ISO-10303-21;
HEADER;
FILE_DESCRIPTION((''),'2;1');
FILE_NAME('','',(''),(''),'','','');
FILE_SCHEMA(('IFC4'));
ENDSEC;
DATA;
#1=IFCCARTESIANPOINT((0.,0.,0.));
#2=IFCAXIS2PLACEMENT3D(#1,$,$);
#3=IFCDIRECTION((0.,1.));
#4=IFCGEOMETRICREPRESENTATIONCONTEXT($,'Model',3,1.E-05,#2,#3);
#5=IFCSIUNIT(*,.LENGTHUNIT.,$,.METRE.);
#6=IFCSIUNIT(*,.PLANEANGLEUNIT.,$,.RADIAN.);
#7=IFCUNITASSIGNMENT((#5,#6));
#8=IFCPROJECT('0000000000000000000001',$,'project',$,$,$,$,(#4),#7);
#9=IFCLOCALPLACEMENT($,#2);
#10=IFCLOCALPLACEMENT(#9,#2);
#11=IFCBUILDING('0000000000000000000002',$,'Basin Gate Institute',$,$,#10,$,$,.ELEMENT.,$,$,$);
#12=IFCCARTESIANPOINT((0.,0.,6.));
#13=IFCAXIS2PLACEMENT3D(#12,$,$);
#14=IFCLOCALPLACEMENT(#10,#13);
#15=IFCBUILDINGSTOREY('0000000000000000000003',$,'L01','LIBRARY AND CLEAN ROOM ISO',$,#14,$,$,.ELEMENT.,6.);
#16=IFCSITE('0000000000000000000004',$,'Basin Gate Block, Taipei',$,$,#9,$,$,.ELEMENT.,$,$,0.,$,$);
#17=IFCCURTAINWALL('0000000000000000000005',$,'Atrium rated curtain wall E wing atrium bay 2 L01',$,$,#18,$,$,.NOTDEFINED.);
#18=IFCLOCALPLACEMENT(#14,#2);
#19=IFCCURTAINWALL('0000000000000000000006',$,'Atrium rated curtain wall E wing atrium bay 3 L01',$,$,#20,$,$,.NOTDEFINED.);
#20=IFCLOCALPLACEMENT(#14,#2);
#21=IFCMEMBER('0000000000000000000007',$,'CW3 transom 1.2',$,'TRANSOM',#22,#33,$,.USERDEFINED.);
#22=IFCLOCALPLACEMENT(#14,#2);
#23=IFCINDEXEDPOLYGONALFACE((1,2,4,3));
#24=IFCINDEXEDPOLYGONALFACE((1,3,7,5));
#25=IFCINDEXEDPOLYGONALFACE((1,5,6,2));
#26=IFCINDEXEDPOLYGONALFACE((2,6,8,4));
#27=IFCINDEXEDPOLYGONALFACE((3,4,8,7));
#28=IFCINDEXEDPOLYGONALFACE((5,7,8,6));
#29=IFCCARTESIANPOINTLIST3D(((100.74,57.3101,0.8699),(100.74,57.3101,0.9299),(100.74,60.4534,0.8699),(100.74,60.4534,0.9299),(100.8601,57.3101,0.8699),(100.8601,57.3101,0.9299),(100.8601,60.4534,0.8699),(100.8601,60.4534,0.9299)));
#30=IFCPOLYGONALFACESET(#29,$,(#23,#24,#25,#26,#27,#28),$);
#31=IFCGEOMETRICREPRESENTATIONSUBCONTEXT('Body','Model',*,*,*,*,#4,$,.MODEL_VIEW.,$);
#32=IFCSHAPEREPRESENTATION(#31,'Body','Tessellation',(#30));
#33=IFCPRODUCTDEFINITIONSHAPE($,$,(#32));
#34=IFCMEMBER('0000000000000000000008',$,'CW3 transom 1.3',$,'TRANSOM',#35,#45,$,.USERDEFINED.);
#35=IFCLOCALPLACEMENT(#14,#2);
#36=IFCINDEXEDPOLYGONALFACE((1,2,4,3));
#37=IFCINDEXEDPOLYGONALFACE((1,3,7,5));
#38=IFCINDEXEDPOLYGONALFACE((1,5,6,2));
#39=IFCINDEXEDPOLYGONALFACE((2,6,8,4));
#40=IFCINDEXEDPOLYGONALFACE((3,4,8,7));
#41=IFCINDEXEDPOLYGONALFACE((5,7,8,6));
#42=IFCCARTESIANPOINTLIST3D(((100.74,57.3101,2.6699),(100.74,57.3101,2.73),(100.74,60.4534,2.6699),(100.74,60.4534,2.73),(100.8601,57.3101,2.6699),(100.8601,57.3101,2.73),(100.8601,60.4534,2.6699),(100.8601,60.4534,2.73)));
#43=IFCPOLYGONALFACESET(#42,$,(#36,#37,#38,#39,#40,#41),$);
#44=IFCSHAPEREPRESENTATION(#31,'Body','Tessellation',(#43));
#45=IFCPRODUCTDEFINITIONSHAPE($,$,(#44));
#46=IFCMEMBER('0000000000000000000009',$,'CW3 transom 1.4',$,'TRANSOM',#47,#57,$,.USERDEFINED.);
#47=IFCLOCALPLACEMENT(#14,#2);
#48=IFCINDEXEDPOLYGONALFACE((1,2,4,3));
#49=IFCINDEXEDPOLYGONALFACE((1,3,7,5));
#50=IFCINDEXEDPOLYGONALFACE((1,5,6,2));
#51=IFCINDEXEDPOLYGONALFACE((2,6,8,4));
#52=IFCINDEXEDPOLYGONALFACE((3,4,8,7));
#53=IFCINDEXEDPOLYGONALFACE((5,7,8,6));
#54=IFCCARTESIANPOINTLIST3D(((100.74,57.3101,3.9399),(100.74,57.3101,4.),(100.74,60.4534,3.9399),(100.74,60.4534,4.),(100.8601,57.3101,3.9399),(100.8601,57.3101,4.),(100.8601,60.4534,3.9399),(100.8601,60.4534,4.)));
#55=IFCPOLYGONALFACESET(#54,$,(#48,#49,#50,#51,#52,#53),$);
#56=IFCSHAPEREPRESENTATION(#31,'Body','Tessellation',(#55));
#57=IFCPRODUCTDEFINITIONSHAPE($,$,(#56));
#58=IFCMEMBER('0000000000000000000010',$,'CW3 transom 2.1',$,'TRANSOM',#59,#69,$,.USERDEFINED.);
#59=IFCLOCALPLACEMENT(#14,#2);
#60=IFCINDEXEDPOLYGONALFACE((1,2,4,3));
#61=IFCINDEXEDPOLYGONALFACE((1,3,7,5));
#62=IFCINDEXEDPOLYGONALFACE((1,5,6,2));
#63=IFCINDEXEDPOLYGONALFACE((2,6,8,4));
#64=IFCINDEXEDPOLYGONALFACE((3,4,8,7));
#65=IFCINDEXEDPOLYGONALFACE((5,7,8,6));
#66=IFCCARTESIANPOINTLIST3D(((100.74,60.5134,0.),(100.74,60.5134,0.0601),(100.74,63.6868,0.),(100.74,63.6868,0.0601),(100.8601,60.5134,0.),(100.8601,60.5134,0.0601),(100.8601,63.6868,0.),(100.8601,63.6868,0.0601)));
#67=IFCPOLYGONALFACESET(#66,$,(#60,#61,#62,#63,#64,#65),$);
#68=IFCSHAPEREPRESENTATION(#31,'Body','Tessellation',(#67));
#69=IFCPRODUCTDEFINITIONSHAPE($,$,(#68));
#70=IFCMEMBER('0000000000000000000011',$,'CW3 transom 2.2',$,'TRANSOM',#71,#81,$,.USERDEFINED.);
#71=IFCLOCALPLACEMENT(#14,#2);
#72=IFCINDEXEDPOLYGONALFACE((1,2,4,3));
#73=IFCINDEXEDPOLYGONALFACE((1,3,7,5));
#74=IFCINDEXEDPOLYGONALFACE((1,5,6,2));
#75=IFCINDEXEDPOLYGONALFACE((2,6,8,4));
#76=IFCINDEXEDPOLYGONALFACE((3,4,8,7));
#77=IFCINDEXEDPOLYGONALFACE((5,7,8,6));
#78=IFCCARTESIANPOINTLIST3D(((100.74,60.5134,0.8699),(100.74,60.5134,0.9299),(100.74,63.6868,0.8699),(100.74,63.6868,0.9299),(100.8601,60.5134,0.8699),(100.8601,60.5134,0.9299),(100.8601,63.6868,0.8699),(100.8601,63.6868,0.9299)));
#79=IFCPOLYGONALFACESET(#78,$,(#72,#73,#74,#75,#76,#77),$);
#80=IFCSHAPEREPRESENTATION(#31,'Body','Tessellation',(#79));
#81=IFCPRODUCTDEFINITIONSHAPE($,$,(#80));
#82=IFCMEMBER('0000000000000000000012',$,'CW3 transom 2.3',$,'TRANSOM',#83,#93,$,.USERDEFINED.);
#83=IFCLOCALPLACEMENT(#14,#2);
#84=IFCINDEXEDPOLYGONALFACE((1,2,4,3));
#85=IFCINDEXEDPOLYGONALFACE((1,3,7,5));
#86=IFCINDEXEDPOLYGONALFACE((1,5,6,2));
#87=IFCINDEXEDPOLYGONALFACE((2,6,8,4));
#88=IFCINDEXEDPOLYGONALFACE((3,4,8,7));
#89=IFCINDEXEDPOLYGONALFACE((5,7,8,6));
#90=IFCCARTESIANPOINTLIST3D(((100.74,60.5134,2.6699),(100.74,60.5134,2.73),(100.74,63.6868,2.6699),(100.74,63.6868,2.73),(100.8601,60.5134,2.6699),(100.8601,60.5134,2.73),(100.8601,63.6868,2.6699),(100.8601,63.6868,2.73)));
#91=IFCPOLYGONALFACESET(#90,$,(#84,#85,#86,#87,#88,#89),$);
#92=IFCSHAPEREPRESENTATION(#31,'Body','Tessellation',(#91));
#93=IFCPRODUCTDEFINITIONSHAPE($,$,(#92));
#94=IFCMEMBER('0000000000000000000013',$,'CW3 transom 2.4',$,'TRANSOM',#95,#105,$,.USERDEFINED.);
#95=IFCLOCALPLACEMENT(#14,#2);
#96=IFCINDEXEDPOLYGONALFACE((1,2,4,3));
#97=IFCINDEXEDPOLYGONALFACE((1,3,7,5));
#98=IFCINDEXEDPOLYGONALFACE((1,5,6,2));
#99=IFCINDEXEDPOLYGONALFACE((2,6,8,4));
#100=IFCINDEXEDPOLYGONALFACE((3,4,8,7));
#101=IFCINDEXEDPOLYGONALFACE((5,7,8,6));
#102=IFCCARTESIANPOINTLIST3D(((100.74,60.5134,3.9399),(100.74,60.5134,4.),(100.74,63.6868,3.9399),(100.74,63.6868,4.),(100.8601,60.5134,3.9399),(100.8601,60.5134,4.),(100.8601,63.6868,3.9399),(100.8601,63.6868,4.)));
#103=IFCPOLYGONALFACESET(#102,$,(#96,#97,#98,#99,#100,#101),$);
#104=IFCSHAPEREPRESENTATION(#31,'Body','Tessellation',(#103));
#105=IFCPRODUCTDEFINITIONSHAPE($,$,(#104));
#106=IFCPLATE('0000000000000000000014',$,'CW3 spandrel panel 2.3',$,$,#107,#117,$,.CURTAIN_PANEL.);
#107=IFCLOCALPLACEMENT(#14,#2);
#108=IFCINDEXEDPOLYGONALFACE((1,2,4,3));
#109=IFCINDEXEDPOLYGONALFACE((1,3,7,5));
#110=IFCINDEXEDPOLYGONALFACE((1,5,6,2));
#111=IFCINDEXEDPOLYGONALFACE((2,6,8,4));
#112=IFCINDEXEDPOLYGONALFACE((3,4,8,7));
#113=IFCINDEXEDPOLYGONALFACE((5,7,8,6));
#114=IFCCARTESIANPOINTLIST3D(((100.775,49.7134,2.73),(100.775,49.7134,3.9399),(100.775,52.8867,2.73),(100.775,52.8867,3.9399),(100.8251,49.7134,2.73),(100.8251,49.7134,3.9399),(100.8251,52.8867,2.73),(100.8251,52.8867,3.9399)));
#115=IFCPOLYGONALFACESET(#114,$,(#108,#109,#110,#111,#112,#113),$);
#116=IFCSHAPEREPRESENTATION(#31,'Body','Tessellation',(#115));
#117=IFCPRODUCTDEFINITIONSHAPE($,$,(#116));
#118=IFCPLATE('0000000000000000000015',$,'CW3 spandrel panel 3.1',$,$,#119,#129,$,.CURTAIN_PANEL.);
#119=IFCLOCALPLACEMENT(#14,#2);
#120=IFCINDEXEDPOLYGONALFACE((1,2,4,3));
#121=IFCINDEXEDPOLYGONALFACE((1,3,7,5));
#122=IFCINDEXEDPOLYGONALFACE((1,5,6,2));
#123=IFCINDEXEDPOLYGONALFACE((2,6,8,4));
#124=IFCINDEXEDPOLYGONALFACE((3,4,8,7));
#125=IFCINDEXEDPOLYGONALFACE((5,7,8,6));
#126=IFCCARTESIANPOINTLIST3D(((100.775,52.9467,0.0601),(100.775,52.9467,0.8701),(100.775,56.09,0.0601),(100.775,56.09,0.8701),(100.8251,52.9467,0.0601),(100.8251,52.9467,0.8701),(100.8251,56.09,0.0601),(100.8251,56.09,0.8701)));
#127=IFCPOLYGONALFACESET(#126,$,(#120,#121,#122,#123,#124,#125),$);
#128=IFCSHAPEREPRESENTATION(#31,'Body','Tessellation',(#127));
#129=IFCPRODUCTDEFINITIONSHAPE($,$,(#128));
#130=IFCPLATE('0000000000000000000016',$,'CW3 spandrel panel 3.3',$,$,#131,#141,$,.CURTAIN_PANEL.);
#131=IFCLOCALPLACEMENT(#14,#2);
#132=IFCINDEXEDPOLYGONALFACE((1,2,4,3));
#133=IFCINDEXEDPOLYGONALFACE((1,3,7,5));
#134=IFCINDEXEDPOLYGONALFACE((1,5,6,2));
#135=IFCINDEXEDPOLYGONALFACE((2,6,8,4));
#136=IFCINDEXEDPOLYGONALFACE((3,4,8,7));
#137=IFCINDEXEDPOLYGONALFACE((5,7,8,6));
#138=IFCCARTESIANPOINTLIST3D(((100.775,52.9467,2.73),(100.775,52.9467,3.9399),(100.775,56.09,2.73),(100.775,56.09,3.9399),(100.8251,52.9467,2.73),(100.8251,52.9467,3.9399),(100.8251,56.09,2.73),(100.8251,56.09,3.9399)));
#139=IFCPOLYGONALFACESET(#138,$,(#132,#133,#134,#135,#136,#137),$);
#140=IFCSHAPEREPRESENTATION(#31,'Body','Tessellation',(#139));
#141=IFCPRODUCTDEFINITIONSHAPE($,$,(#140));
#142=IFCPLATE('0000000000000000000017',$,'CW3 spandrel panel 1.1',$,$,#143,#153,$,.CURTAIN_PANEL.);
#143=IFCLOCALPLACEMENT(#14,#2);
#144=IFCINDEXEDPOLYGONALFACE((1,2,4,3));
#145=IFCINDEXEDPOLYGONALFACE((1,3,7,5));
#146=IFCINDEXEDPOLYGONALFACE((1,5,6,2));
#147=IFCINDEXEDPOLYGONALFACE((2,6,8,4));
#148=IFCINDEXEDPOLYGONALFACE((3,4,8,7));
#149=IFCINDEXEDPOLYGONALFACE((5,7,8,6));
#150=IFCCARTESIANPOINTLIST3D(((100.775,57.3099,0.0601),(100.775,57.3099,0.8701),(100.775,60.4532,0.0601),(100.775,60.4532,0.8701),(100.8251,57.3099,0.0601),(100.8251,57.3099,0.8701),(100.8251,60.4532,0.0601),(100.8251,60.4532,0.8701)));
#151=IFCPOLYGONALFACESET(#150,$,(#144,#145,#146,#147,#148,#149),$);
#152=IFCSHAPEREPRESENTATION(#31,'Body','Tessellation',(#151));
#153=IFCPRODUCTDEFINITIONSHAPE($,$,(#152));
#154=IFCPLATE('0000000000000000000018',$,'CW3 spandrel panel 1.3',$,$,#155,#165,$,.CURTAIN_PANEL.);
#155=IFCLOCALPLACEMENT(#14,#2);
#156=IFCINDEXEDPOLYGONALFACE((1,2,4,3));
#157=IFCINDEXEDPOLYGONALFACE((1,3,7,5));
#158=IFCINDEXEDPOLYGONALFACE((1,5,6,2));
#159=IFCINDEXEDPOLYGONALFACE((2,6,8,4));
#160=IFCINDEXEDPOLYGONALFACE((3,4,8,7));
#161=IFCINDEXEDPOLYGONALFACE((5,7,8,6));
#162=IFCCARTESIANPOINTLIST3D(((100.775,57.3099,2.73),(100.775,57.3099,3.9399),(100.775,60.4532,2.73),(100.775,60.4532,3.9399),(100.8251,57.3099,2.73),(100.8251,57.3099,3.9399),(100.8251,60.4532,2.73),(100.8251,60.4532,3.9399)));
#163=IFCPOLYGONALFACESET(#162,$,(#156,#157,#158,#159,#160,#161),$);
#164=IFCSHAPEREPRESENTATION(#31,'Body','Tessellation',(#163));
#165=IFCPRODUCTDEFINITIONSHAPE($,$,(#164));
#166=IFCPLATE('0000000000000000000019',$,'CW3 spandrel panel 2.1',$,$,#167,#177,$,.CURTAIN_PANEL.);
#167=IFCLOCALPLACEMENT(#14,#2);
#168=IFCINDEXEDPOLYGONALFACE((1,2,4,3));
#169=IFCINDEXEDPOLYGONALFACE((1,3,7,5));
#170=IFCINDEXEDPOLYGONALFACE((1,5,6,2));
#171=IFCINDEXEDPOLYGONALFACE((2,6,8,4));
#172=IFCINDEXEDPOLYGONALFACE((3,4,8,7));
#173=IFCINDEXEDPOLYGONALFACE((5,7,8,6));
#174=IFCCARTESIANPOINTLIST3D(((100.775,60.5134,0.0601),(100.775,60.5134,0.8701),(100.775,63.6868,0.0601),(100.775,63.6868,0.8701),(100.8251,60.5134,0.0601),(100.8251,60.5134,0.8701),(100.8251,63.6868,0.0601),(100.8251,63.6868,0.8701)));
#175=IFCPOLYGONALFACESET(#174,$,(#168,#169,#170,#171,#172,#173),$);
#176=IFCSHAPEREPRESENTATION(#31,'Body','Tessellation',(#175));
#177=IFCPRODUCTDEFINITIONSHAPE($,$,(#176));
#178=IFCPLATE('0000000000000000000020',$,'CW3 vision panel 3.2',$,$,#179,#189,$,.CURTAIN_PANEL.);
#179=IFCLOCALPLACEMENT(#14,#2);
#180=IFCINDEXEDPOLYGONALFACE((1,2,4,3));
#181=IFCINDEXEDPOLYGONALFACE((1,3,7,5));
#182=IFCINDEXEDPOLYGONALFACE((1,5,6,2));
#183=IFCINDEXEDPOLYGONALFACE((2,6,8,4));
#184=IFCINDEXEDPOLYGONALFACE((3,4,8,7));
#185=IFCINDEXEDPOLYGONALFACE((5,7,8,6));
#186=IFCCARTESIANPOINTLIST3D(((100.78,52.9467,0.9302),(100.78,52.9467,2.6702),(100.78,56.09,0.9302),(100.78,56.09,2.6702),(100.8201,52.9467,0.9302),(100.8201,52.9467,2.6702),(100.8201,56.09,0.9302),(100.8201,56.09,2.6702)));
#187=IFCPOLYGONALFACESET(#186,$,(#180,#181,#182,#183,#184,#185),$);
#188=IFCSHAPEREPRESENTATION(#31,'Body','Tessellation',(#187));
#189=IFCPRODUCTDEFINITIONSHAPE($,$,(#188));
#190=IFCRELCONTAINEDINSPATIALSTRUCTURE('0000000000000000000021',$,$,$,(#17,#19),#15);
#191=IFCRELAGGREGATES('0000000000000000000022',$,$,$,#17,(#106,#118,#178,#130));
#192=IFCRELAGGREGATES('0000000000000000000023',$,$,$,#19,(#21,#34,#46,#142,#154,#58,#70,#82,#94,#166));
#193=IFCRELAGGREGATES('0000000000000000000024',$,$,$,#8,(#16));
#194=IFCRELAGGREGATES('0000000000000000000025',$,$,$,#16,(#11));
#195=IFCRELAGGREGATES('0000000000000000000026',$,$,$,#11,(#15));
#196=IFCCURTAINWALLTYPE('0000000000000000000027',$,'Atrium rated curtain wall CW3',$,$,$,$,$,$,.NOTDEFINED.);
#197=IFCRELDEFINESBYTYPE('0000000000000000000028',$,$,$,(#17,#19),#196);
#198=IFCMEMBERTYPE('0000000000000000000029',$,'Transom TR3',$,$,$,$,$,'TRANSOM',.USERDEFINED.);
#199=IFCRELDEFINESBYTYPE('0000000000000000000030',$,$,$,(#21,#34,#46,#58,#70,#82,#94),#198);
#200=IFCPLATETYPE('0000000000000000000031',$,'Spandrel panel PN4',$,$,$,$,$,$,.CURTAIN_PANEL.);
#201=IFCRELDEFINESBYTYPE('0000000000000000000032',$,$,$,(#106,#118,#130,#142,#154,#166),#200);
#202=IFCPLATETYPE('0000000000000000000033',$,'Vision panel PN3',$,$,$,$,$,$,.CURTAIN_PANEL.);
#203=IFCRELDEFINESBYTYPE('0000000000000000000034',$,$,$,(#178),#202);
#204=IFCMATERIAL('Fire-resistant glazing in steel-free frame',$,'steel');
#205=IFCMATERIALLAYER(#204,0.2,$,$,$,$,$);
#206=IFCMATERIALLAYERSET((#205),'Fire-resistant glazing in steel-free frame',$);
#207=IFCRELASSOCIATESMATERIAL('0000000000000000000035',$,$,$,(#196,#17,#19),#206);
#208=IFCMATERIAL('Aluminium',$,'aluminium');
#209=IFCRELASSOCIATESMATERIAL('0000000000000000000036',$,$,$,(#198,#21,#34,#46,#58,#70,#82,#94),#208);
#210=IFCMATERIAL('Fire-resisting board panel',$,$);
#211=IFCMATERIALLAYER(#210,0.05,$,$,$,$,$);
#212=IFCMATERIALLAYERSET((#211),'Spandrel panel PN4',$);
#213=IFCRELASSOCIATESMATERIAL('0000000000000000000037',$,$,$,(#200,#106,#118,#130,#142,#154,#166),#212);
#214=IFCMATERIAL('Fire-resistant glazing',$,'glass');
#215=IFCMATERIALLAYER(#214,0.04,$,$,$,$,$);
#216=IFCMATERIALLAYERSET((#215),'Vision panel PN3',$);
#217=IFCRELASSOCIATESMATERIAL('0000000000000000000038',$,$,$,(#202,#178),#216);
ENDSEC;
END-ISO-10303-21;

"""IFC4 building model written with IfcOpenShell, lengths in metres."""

from ifc_helpers import new_model, si_unit, direction, frame, origin, origin_2d, place, context, subcontext, project, spatial, rectangle, extrude, material, layer, layer_set, material_profile, profile_set, type_object, element, aggregate, save


model = new_model("IFC4")

# Units and contexts
model_context = context("Model", 3, precision=1e-05, world=origin(), true_north=direction((0.0, 1.0)))
body_context = subcontext(model_context, "Body", "Model", "MODEL_VIEW")
ifc_project = project(units=[si_unit("LENGTHUNIT", "METRE"), si_unit("PLANEANGLEUNIT", "RADIAN")], contexts=[model_context])

# Site, building, storey
site_placement = place(None, origin())
site = spatial("IfcSite", under=ifc_project, at=site_placement, Name="Basin Gate Block, Taipei", CompositionType="ELEMENT", RefElevation=0.0)
building_placement = place(site_placement, origin())
building = spatial("IfcBuilding", under=site, at=building_placement, Name="Basin Gate Institute", CompositionType="ELEMENT")
storey_placement = place(building_placement, frame((0.0, 0.0, 6.0)))
storey = spatial("IfcBuildingStorey", under=building, at=storey_placement, Name="L01", Description="LIBRARY AND CLEAN ROOM ISO", CompositionType="ELEMENT", Elevation=6.0)

# Curtain walls
ifc_material_1 = material(Name="Fire-resistant glazing in steel-free frame", Category="steel")
ifc_layer_1 = layer(ifc_material_1, 0.2)
ifc_layer_set_1 = layer_set([ifc_layer_1], Name="Fire-resistant glazing in steel-free frame")
curtain_wall_type = type_object("IfcCurtainWallType", Name="Atrium rated curtain wall CW3", PredefinedType="NOTDEFINED", material=ifc_layer_set_1)
curtain_wall_1_placement = place(storey_placement, origin())
curtain_wall_1 = element("IfcCurtainWall", 1, at=curtain_wall_1_placement, inside=storey, type_object=curtain_wall_type, material=ifc_layer_set_1, Name="Atrium rated curtain wall E wing atrium bay 2 L01", PredefinedType="NOTDEFINED")
curtain_wall_2_placement = place(storey_placement, origin())
curtain_wall_2 = element("IfcCurtainWall", 2, at=curtain_wall_2_placement, inside=storey, type_object=curtain_wall_type, material=ifc_layer_set_1, Name="Atrium rated curtain wall E wing atrium bay 3 L01", PredefinedType="NOTDEFINED")

# Members
ifc_material_2 = material(Name="Aluminium", Category="aluminium")
ifc_material_profile_1 = material_profile(ifc_material_2, rectangle(XDim=0.1201, YDim=0.0601, at=origin_2d()), Name="Transom TR3 120 x 60")
ifc_profile_set_1 = profile_set([ifc_material_profile_1], Name="Aluminium")
member_type_1 = type_object("IfcMemberType", Name="Transom TR3", ElementType="TRANSOM", PredefinedType="USERDEFINED", material=ifc_profile_set_1)
member_1_placement = place(storey_placement, frame((100.8, 57.3101, 0.8999), z_axis=(0.0, 1.0, 0.0), x_axis=(-1.0, 0.0, 0.0)))
member_1 = element("IfcMember", 3, at=member_1_placement, type_object=member_type_1, material=ifc_profile_set_1, Name="CW3 transom 1.2", ObjectType="TRANSOM", PredefinedType="USERDEFINED", context=body_context, shape_type="SweptSolid", body=[
    extrude(rectangle(XDim=0.1201, YDim=0.0601, at=origin_2d()), origin(), (0.0, 0.0, 1.0), 3.1433),
])
member_2_placement = place(storey_placement, frame((100.8, 57.3101, 2.7), z_axis=(0.0, 1.0, 0.0), x_axis=(-1.0, 0.0, 0.0)))
member_2 = element("IfcMember", 4, at=member_2_placement, type_object=member_type_1, material=ifc_profile_set_1, Name="CW3 transom 1.3", ObjectType="TRANSOM", PredefinedType="USERDEFINED", context=body_context, shape_type="SweptSolid", body=[
    extrude(rectangle(XDim=0.1201, YDim=0.0601, at=origin_2d()), origin(), (0.0, 0.0, 1.0), 3.1433),
])
member_3_placement = place(storey_placement, frame((100.8, 57.3101, 3.97), z_axis=(0.0, 1.0, 0.0), x_axis=(-1.0, 0.0, 0.0)))
member_3 = element("IfcMember", 5, at=member_3_placement, type_object=member_type_1, material=ifc_profile_set_1, Name="CW3 transom 1.4", ObjectType="TRANSOM", PredefinedType="USERDEFINED", context=body_context, shape_type="SweptSolid", body=[
    extrude(rectangle(XDim=0.1201, YDim=0.0601, at=origin_2d()), origin(), (0.0, 0.0, 1.0), 3.1433),
])
member_4_placement = place(storey_placement, frame((100.8, 60.5134, 0.03), z_axis=(0.0, 1.0, 0.0), x_axis=(-1.0, 0.0, 0.0)))
member_4 = element("IfcMember", 6, at=member_4_placement, type_object=member_type_1, material=ifc_profile_set_1, Name="CW3 transom 2.1", ObjectType="TRANSOM", PredefinedType="USERDEFINED", context=body_context, shape_type="SweptSolid", body=[
    extrude(rectangle(XDim=0.1201, YDim=0.0601, at=origin_2d()), origin(), (0.0, 0.0, 1.0), 3.1733),
])
member_5_placement = place(storey_placement, frame((100.8, 60.5134, 0.8999), z_axis=(0.0, 1.0, 0.0), x_axis=(-1.0, 0.0, 0.0)))
member_5 = element("IfcMember", 7, at=member_5_placement, type_object=member_type_1, material=ifc_profile_set_1, Name="CW3 transom 2.2", ObjectType="TRANSOM", PredefinedType="USERDEFINED", context=body_context, shape_type="SweptSolid", body=[
    extrude(rectangle(XDim=0.1201, YDim=0.0601, at=origin_2d()), origin(), (0.0, 0.0, 1.0), 3.1733),
])
member_6_placement = place(storey_placement, frame((100.8, 60.5134, 2.7), z_axis=(0.0, 1.0, 0.0), x_axis=(-1.0, 0.0, 0.0)))
member_6 = element("IfcMember", 8, at=member_6_placement, type_object=member_type_1, material=ifc_profile_set_1, Name="CW3 transom 2.3", ObjectType="TRANSOM", PredefinedType="USERDEFINED", context=body_context, shape_type="SweptSolid", body=[
    extrude(rectangle(XDim=0.1201, YDim=0.0601, at=origin_2d()), origin(), (0.0, 0.0, 1.0), 3.1733),
])
member_7_placement = place(storey_placement, frame((100.8, 60.5134, 3.97), z_axis=(0.0, 1.0, 0.0), x_axis=(-1.0, 0.0, 0.0)))
member_7 = element("IfcMember", 9, at=member_7_placement, type_object=member_type_1, material=ifc_profile_set_1, Name="CW3 transom 2.4", ObjectType="TRANSOM", PredefinedType="USERDEFINED", context=body_context, shape_type="SweptSolid", body=[
    extrude(rectangle(XDim=0.1201, YDim=0.0601, at=origin_2d()), origin(), (0.0, 0.0, 1.0), 3.1733),
])

# Plates
ifc_material_3 = material(Name="Fire-resisting board panel")
ifc_layer_2 = layer(ifc_material_3, 0.05)
ifc_layer_set_2 = layer_set([ifc_layer_2], Name="Spandrel panel PN4")
plate_type_1 = type_object("IfcPlateType", Name="Spandrel panel PN4", PredefinedType="CURTAIN_PANEL", material=ifc_layer_set_2)
plate_1_placement = place(storey_placement, frame((100.8, 51.3, 2.73), z_axis=(0.0, 0.0, 1.0), x_axis=(0.0, 1.0, 0.0)))
plate_1 = element("IfcPlate", 10, at=plate_1_placement, type_object=plate_type_1, material=ifc_layer_set_2, Name="CW3 spandrel panel 2.3", PredefinedType="CURTAIN_PANEL", context=body_context, shape_type="SweptSolid", body=[
    extrude(rectangle(XDim=3.1733, YDim=0.05, at=origin_2d()), origin(), (0.0, 0.0, 1.0), 1.21),
])
plate_2_placement = place(storey_placement, frame((100.8, 54.5183, 0.0601), z_axis=(0.0, 0.0, 1.0), x_axis=(0.0, 1.0, 0.0)))
plate_2 = element("IfcPlate", 11, at=plate_2_placement, type_object=plate_type_1, material=ifc_layer_set_2, Name="CW3 spandrel panel 3.1", PredefinedType="CURTAIN_PANEL", context=body_context, shape_type="SweptSolid", body=[
    extrude(rectangle(XDim=3.1433, YDim=0.05, at=origin_2d()), origin(), (0.0, 0.0, 1.0), 0.8101),
])
plate_3_placement = place(storey_placement, frame((100.8, 54.5183, 2.73), z_axis=(0.0, 0.0, 1.0), x_axis=(0.0, 1.0, 0.0)))
plate_3 = element("IfcPlate", 12, at=plate_3_placement, type_object=plate_type_1, material=ifc_layer_set_2, Name="CW3 spandrel panel 3.3", PredefinedType="CURTAIN_PANEL", context=body_context, shape_type="SweptSolid", body=[
    extrude(rectangle(XDim=3.1433, YDim=0.05, at=origin_2d()), origin(), (0.0, 0.0, 1.0), 1.21),
])
plate_4_placement = place(storey_placement, frame((100.8, 58.8816, 0.0601), z_axis=(0.0, 0.0, 1.0), x_axis=(0.0, 1.0, 0.0)))
plate_4 = element("IfcPlate", 13, at=plate_4_placement, type_object=plate_type_1, material=ifc_layer_set_2, Name="CW3 spandrel panel 1.1", PredefinedType="CURTAIN_PANEL", context=body_context, shape_type="SweptSolid", body=[
    extrude(rectangle(XDim=3.1433, YDim=0.05, at=origin_2d()), origin(), (0.0, 0.0, 1.0), 0.8101),
])
plate_5_placement = place(storey_placement, frame((100.8, 58.8816, 2.73), z_axis=(0.0, 0.0, 1.0), x_axis=(0.0, 1.0, 0.0)))
plate_5 = element("IfcPlate", 14, at=plate_5_placement, type_object=plate_type_1, material=ifc_layer_set_2, Name="CW3 spandrel panel 1.3", PredefinedType="CURTAIN_PANEL", context=body_context, shape_type="SweptSolid", body=[
    extrude(rectangle(XDim=3.1433, YDim=0.05, at=origin_2d()), origin(), (0.0, 0.0, 1.0), 1.21),
])
plate_6_placement = place(storey_placement, frame((100.8, 62.1001, 0.0601), z_axis=(0.0, 0.0, 1.0), x_axis=(0.0, 1.0, 0.0)))
plate_6 = element("IfcPlate", 15, at=plate_6_placement, type_object=plate_type_1, material=ifc_layer_set_2, Name="CW3 spandrel panel 2.1", PredefinedType="CURTAIN_PANEL", context=body_context, shape_type="SweptSolid", body=[
    extrude(rectangle(XDim=3.1733, YDim=0.05, at=origin_2d()), origin(), (0.0, 0.0, 1.0), 0.8101),
])
ifc_material_4 = material(Name="Fire-resistant glazing", Category="glass")
ifc_layer_3 = layer(ifc_material_4, 0.04)
ifc_layer_set_3 = layer_set([ifc_layer_3], Name="Vision panel PN3")
plate_type_2 = type_object("IfcPlateType", Name="Vision panel PN3", PredefinedType="CURTAIN_PANEL", material=ifc_layer_set_3)
plate_7_placement = place(storey_placement, frame((100.8, 54.5183, 0.9302), z_axis=(0.0, 0.0, 1.0), x_axis=(0.0, 1.0, 0.0)))
plate_7 = element("IfcPlate", 16, at=plate_7_placement, type_object=plate_type_2, material=ifc_layer_set_3, Name="CW3 vision panel 3.2", PredefinedType="CURTAIN_PANEL", context=body_context, shape_type="SweptSolid", body=[
    extrude(rectangle(XDim=3.1433, YDim=0.04, at=origin_2d()), origin(), (0.0, 0.0, 1.0), 1.74),
])
aggregate(curtain_wall_1, [plate_1, plate_2, plate_7, plate_3])
aggregate(curtain_wall_2, [member_1, member_2, member_3, plate_4, plate_5, member_4, member_5, member_6, member_7, plate_6])

save(model, "model.ifc")
